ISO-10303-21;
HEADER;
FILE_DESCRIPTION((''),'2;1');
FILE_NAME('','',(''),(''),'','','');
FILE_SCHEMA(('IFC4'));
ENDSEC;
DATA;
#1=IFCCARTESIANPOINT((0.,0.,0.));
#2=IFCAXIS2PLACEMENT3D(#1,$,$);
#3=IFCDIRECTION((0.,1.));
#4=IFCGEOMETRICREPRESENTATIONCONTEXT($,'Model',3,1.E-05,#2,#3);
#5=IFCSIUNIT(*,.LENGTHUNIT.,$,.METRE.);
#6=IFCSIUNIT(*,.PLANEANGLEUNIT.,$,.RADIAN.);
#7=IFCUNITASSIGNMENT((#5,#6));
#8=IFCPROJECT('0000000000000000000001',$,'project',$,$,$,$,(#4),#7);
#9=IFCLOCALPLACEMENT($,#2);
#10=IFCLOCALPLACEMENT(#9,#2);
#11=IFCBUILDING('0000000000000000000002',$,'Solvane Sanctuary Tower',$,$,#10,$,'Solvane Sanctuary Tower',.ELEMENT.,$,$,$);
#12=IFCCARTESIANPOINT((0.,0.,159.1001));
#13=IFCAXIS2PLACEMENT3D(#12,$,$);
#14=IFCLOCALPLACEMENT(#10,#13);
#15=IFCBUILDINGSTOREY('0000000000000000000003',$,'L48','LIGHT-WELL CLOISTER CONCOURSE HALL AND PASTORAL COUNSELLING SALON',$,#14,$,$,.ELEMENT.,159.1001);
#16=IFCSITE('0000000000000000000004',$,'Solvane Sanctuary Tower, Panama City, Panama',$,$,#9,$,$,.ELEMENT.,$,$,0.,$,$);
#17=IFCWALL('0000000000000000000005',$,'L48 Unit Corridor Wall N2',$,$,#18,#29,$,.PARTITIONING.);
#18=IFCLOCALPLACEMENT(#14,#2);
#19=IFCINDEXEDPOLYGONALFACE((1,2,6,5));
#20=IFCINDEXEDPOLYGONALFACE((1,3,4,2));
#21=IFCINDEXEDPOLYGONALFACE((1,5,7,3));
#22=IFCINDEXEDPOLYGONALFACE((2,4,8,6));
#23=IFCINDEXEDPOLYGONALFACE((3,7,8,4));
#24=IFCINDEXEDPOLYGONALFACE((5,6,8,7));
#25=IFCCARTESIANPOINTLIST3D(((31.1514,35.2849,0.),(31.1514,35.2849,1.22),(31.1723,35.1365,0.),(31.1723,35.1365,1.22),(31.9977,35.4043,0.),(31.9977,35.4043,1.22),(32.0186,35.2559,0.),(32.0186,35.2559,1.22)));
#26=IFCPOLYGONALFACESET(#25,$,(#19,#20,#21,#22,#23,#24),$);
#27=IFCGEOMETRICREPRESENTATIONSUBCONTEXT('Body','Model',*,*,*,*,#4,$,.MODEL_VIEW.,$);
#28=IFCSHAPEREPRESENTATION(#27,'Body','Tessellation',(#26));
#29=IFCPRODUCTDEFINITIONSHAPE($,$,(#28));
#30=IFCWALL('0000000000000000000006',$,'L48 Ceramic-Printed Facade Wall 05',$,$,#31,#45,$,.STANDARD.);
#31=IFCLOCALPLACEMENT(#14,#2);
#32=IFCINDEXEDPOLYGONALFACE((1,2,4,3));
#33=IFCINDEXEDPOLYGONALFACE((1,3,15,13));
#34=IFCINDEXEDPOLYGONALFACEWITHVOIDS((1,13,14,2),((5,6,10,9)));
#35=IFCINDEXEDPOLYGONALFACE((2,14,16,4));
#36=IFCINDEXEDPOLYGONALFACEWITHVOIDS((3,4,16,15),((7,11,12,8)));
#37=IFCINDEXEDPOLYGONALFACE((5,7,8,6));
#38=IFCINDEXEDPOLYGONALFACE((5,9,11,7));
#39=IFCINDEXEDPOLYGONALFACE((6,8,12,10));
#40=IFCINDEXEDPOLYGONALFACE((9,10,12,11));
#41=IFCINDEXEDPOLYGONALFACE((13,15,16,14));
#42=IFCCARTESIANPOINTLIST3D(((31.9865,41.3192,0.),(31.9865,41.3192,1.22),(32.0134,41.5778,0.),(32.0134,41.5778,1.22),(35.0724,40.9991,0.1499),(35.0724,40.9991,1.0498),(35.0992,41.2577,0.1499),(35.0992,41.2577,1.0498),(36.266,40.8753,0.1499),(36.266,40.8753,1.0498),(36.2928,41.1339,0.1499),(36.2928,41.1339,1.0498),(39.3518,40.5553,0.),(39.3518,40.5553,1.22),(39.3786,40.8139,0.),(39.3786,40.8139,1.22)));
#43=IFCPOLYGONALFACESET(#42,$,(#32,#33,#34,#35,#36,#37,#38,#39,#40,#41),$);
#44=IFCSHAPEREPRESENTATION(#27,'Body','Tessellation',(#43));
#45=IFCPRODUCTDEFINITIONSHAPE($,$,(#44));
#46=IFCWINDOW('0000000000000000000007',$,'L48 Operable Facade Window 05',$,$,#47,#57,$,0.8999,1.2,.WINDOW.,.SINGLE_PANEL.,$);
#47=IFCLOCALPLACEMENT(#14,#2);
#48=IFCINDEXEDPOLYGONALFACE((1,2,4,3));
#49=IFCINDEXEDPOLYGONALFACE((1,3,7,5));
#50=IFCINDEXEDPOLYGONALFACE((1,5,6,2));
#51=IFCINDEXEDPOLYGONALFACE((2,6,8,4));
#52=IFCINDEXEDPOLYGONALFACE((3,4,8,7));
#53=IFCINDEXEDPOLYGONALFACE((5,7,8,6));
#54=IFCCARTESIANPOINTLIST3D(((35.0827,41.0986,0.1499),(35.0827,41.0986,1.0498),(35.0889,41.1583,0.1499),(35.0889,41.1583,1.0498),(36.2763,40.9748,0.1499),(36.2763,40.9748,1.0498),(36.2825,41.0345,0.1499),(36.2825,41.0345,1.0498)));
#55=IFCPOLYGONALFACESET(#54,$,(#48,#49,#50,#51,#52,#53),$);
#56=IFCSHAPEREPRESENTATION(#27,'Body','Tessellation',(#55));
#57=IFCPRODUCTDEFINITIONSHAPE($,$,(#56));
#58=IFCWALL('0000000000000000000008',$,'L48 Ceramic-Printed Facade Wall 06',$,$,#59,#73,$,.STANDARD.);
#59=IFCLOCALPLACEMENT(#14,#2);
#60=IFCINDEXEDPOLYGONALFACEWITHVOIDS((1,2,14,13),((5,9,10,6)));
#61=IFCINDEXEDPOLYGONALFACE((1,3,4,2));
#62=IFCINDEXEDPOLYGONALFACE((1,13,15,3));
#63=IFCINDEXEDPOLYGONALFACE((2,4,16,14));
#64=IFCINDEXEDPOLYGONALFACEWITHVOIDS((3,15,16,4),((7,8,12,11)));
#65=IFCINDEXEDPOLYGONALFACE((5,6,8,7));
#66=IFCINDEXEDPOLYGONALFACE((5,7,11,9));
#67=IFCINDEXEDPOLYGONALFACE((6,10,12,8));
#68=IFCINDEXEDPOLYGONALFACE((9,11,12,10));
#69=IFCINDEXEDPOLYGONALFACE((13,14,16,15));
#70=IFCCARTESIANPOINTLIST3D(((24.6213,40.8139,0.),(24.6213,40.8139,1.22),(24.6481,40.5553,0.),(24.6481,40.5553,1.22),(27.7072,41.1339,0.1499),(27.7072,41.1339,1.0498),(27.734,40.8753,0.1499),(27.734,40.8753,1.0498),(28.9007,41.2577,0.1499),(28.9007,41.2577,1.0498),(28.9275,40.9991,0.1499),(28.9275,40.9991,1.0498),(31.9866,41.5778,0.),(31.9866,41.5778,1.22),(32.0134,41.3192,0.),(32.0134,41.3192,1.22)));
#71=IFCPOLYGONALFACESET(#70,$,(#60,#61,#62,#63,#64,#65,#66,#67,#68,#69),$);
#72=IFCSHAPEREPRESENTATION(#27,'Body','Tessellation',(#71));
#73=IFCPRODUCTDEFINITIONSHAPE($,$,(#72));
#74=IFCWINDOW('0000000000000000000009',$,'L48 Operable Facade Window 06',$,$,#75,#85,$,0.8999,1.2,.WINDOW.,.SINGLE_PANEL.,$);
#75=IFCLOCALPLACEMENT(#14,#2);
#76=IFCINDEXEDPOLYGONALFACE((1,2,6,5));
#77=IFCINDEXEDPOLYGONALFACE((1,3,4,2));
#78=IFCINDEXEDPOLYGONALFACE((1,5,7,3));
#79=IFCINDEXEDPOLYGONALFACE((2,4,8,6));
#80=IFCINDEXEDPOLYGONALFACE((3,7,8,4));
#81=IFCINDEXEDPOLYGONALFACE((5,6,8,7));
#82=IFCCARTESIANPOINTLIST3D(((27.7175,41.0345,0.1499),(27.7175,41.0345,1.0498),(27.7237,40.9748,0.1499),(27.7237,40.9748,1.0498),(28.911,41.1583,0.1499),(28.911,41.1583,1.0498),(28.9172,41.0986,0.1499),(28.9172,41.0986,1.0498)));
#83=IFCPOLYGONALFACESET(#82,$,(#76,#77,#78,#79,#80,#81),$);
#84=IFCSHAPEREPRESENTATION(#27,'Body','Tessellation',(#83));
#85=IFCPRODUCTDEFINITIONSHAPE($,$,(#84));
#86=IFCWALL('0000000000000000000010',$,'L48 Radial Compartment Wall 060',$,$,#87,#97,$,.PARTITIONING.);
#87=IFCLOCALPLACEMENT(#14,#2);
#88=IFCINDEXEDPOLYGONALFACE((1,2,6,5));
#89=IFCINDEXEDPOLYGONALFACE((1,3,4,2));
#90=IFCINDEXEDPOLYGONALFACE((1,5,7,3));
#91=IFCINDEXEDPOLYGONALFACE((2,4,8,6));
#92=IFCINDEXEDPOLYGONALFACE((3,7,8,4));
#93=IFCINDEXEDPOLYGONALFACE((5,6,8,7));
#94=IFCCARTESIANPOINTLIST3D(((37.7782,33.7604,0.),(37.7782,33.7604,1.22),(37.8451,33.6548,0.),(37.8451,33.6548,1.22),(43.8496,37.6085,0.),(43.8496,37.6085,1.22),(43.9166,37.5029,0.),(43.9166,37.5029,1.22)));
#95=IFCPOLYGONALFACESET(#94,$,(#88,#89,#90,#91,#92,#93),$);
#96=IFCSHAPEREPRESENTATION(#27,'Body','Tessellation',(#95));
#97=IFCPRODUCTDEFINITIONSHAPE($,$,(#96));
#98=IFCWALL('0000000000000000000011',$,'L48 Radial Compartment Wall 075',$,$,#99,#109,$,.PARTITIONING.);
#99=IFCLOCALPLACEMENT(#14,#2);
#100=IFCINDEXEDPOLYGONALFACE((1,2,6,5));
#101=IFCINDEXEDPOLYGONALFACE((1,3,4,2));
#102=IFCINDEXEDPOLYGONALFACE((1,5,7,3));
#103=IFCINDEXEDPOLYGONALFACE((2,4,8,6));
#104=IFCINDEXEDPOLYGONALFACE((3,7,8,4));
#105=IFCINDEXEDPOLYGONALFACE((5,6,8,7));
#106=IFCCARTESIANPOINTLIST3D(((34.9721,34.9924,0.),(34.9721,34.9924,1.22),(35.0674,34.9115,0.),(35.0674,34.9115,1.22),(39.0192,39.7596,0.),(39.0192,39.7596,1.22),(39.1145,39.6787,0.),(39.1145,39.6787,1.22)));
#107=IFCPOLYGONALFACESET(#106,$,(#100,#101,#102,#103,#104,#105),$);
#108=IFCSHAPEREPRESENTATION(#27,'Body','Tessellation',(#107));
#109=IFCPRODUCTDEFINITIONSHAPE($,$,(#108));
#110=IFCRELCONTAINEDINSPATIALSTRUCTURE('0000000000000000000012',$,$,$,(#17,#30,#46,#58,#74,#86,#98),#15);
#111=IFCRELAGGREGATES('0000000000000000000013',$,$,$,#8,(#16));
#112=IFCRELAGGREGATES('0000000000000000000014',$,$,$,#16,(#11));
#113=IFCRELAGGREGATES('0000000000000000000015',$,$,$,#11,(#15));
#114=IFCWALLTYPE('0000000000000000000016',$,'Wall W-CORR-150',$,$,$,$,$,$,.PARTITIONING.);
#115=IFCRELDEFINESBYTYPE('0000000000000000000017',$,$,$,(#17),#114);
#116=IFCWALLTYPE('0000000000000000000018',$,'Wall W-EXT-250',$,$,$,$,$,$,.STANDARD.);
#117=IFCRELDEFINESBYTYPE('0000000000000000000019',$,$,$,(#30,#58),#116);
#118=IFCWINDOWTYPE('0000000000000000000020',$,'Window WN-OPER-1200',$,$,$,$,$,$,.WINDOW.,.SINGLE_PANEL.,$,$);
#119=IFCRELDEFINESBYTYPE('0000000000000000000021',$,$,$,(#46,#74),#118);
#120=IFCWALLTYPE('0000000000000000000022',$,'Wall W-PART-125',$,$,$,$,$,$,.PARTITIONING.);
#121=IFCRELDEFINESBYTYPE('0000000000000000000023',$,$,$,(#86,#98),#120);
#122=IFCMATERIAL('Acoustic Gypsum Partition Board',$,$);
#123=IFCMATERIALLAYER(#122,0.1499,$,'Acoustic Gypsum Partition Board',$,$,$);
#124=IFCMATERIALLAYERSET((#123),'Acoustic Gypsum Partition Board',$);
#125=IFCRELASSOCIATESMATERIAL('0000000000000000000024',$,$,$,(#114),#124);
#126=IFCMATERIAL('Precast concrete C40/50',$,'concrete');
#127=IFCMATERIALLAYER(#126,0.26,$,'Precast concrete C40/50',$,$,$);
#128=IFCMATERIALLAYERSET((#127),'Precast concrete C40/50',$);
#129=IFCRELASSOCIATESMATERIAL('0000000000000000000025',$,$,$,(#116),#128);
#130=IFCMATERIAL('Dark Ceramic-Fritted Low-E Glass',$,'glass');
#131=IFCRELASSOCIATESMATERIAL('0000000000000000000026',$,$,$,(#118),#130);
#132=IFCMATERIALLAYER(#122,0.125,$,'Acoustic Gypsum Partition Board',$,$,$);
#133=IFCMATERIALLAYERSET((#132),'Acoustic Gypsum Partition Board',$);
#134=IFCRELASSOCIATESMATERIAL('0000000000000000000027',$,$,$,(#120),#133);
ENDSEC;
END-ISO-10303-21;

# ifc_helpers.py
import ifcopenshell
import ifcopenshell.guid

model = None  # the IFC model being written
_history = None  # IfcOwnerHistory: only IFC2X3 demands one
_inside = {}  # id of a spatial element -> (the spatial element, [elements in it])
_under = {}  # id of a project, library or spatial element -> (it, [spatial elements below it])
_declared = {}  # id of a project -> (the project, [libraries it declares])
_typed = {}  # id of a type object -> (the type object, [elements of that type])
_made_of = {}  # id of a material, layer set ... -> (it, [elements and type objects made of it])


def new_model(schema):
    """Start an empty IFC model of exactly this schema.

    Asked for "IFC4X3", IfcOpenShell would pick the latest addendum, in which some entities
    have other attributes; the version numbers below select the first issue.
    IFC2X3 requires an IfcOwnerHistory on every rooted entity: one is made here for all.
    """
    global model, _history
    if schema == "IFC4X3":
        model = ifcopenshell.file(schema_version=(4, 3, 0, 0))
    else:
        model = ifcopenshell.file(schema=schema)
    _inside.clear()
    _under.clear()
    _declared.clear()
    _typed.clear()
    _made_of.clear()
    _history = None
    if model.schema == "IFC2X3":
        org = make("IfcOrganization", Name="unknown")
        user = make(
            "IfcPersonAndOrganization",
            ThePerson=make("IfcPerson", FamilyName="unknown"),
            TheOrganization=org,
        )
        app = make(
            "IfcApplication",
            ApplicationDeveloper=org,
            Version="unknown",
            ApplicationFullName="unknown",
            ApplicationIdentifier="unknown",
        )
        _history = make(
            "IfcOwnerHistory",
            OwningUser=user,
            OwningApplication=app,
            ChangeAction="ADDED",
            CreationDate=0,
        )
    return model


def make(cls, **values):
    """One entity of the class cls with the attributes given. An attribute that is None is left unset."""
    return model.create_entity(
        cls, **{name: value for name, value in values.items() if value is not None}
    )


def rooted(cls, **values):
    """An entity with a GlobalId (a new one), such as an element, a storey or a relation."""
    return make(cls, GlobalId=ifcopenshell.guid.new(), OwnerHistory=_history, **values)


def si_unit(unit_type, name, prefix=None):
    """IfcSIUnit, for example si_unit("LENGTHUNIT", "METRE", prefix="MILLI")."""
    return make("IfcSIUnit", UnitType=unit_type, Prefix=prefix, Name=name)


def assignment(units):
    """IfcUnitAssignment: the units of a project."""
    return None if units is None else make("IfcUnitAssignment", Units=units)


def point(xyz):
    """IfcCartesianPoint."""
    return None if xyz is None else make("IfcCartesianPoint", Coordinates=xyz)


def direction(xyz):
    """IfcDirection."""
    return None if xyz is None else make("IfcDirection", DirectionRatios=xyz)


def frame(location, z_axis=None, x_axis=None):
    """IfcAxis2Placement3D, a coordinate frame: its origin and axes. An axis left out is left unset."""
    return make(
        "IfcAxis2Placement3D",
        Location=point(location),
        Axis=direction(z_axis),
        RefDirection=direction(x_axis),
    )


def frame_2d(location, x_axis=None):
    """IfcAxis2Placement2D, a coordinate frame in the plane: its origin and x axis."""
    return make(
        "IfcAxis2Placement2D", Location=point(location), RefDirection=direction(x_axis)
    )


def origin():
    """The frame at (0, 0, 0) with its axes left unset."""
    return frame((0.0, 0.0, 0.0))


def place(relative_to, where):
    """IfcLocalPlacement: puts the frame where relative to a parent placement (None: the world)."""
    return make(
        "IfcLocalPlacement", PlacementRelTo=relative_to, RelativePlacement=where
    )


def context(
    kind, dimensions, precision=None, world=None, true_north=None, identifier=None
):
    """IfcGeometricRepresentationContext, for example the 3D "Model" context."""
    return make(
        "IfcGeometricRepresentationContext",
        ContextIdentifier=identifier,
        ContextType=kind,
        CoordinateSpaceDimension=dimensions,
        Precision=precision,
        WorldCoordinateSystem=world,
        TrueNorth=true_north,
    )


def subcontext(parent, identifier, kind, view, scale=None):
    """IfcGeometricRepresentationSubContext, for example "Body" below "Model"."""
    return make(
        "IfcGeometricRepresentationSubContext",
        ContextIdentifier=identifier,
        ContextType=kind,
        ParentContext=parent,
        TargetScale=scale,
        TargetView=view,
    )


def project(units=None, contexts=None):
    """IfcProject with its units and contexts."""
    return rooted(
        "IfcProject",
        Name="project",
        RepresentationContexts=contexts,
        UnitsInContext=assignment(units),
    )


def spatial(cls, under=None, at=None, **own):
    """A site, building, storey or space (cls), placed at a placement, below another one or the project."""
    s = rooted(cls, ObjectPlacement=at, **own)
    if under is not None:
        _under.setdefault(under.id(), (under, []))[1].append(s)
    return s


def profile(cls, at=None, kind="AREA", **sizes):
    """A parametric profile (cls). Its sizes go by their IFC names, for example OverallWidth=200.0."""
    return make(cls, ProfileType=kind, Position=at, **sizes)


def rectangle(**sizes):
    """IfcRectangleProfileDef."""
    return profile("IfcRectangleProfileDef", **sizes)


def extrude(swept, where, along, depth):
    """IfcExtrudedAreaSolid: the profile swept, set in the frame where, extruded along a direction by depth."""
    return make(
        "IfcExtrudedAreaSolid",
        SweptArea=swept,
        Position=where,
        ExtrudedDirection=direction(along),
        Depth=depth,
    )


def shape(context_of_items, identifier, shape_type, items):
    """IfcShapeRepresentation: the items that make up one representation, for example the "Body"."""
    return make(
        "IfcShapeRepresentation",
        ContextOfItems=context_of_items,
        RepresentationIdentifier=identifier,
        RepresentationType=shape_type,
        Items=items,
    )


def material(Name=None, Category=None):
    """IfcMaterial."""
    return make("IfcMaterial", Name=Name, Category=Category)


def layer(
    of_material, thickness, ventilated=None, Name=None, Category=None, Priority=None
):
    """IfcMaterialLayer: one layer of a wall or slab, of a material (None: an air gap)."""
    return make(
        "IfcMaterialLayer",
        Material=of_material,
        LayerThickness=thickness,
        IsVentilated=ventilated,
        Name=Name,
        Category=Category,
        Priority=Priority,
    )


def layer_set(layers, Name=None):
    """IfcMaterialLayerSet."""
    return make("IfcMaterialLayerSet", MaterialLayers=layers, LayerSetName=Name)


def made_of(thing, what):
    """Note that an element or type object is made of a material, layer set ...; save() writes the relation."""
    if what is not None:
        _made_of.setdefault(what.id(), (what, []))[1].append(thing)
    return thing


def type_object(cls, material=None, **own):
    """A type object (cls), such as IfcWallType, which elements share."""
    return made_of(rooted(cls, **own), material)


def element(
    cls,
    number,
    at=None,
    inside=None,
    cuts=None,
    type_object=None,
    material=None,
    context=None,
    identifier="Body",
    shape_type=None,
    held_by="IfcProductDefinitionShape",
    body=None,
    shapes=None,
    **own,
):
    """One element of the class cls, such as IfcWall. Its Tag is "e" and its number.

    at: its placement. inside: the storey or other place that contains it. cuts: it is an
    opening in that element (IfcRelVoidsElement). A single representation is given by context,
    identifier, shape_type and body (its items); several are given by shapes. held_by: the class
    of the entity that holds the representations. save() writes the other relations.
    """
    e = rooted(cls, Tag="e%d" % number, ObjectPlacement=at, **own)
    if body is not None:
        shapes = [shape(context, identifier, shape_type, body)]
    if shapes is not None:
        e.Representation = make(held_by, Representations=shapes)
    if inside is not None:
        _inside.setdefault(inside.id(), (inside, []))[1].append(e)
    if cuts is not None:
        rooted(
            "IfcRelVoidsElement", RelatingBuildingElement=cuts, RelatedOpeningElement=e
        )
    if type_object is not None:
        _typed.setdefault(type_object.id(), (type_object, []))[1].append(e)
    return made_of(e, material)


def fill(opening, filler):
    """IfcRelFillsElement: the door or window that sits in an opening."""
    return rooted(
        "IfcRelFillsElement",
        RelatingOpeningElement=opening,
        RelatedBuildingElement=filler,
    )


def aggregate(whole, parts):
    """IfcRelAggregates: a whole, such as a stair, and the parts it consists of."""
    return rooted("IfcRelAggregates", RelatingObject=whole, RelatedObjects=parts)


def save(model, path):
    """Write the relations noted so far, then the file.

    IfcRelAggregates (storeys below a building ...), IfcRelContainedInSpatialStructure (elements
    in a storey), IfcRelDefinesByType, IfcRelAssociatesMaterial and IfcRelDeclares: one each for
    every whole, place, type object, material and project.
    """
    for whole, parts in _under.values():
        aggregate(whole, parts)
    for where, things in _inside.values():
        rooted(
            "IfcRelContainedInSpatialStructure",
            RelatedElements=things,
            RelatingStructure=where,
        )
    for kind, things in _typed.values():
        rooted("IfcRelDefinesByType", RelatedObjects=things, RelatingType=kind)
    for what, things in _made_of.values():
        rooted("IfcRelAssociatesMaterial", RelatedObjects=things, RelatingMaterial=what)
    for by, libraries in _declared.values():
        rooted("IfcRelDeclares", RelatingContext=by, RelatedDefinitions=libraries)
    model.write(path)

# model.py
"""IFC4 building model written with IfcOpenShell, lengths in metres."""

from ifc_helpers import new_model, si_unit, direction, frame, frame_2d, origin, place, context, subcontext, project, spatial, rectangle, extrude, material, layer, layer_set, type_object, element, fill, save


model = new_model("IFC4")

# Units and contexts
model_context = context("Model", 3, precision=1e-05, world=origin(), true_north=direction((0.0, 1.0)))
body_context = subcontext(model_context, "Body", "Model", "MODEL_VIEW")
ifc_project = project(units=[si_unit("LENGTHUNIT", "METRE"), si_unit("PLANEANGLEUNIT", "RADIAN")], contexts=[model_context])

# Site, building, storey
site_placement = place(None, origin())
site = spatial("IfcSite", under=ifc_project, at=site_placement, Name="Solvane Sanctuary Tower, Panama City, Panama", CompositionType="ELEMENT", RefElevation=0.0)
building_placement = place(site_placement, origin())
building = spatial("IfcBuilding", under=site, at=building_placement, Name="Solvane Sanctuary Tower", LongName="Solvane Sanctuary Tower", CompositionType="ELEMENT")
storey_placement = place(building_placement, frame((0.0, 0.0, 159.1001)))
storey = spatial("IfcBuildingStorey", under=building, at=storey_placement, Name="L48", Description="LIGHT-WELL CLOISTER CONCOURSE HALL AND PASTORAL COUNSELLING SALON", CompositionType="ELEMENT", Elevation=159.1001)

# Shared definitions
ifc_material_1 = material(Name="Acoustic Gypsum Partition Board")
ifc_layer_1 = layer(ifc_material_1, 0.1499, Name="Acoustic Gypsum Partition Board")
ifc_layer_set_1 = layer_set([ifc_layer_1], Name="Acoustic Gypsum Partition Board")
wall_type_1 = type_object("IfcWallType", Name="Wall W-CORR-150", PredefinedType="PARTITIONING", material=ifc_layer_set_1)

# Wall
wall_1_placement = place(storey_placement, frame((32.0081, 35.3301, 0.0), z_axis=(0.0, 0.0, 1.0), x_axis=(-0.990199, -0.139662, 0.0)))
element("IfcWall", 1, at=wall_1_placement, inside=storey, type_object=wall_type_1, Name="L48 Unit Corridor Wall N2", PredefinedType="PARTITIONING", context=body_context, shape_type="SweptSolid", body=[
    extrude(rectangle(XDim=0.8547, YDim=0.1499, at=frame_2d((0.4272, 0.0))), origin(), (0.0, 0.0, 1.0), 1.22),
])

# Walls, openings, windows
ifc_material_2 = material(Name="Precast concrete C40/50", Category="concrete")
ifc_layer_2 = layer(ifc_material_2, 0.26, Name="Precast concrete C40/50")
ifc_layer_set_2 = layer_set([ifc_layer_2], Name="Precast concrete C40/50")
wall_type_2 = type_object("IfcWallType", Name="Wall W-EXT-250", PredefinedType="STANDARD", material=ifc_layer_set_2)
wall_2_placement = place(storey_placement, frame((39.3652, 40.6846, 0.0), z_axis=(0.0, 0.0, 1.0), x_axis=(-0.994664, 0.103166, 0.0)))
wall_2 = element("IfcWall", 2, at=wall_2_placement, inside=storey, type_object=wall_type_2, Name="L48 Ceramic-Printed Facade Wall 05", PredefinedType="STANDARD", context=body_context, shape_type="SweptSolid", body=[
    extrude(rectangle(XDim=7.4048, YDim=0.26, at=frame_2d((3.7024, 0.0))), origin(), (0.0, 0.0, 1.0), 1.22),
])
opening_1_placement = place(wall_2_placement, frame((3.1023, 0.0, 0.1499)))
opening_1 = element("IfcOpeningElement", 3, at=opening_1_placement, cuts=wall_2, PredefinedType="OPENING", context=body_context, shape_type="SweptSolid", body=[
    extrude(rectangle(XDim=1.2, YDim=0.8999, at=frame_2d((0.6001, 0.45))), frame((0.0, 0.1399, 0.0), z_axis=(0.0, -1.0, 0.0), x_axis=(1.0, 0.0, 0.0)), (0.0, 0.0, 1.0), 0.28),
])
ifc_material_3 = material(Name="Dark Ceramic-Fritted Low-E Glass", Category="glass")
window_type = type_object("IfcWindowType", Name="Window WN-OPER-1200", PartitioningType="SINGLE_PANEL", PredefinedType="WINDOW", material=ifc_material_3)
window_1_placement = place(opening_1_placement, origin())
window_1 = element("IfcWindow", 4, at=window_1_placement, inside=storey, type_object=window_type, Name="L48 Operable Facade Window 05", OverallHeight=0.8999, OverallWidth=1.2, PartitioningType="SINGLE_PANEL", PredefinedType="WINDOW", context=body_context, shape_type="SweptSolid", body=[
    extrude(rectangle(XDim=1.2, YDim=0.8999, at=frame_2d((0.6001, 0.45))), frame((0.0, 0.03, 0.0), z_axis=(0.0, -1.0, 0.0), x_axis=(1.0, 0.0, 0.0)), (0.0, 0.0, 1.0), 0.0601),
])
fill(opening_1, window_1)
wall_3_placement = place(storey_placement, frame((32.0, 41.4485, 0.0), z_axis=(0.0, 0.0, 1.0), x_axis=(-0.994664, -0.103166, 0.0)))
wall_3 = element("IfcWall", 5, at=wall_3_placement, inside=storey, type_object=wall_type_2, Name="L48 Ceramic-Printed Facade Wall 06", PredefinedType="STANDARD", context=body_context, shape_type="SweptSolid", body=[
    extrude(rectangle(XDim=7.4048, YDim=0.26, at=frame_2d((3.7024, 0.0))), origin(), (0.0, 0.0, 1.0), 1.22),
])
opening_2_placement = place(wall_3_placement, frame((3.1023, 0.0, 0.1499)))
opening_2 = element("IfcOpeningElement", 6, at=opening_2_placement, cuts=wall_3, PredefinedType="OPENING", context=body_context, shape_type="SweptSolid", body=[
    extrude(rectangle(XDim=1.2, YDim=0.8999, at=frame_2d((0.6001, 0.45))), frame((0.0, 0.1399, 0.0), z_axis=(0.0, -1.0, 0.0), x_axis=(1.0, 0.0, 0.0)), (0.0, 0.0, 1.0), 0.28),
])
window_2_placement = place(opening_2_placement, origin())
window_2 = element("IfcWindow", 7, at=window_2_placement, inside=storey, type_object=window_type, Name="L48 Operable Facade Window 06", OverallHeight=0.8999, OverallWidth=1.2, PartitioningType="SINGLE_PANEL", PredefinedType="WINDOW", context=body_context, shape_type="SweptSolid", body=[
    extrude(rectangle(XDim=1.2, YDim=0.8999, at=frame_2d((0.6001, 0.45))), frame((0.0, 0.03, 0.0), z_axis=(0.0, -1.0, 0.0), x_axis=(1.0, 0.0, 0.0)), (0.0, 0.0, 1.0), 0.0601),
])
fill(opening_2, window_2)

# Walls
ifc_layer_3 = layer(ifc_material_1, 0.125, Name="Acoustic Gypsum Partition Board")
ifc_layer_set_3 = layer_set([ifc_layer_3], Name="Acoustic Gypsum Partition Board")
wall_type_3 = type_object("IfcWallType", Name="Wall W-PART-125", PredefinedType="PARTITIONING", material=ifc_layer_set_3)
wall_4_placement = place(storey_placement, frame((37.8115, 33.7075, 0.0), z_axis=(0.0, 0.0, 1.0), x_axis=(0.84464, 0.535334, 0.0)))
element("IfcWall", 8, at=wall_4_placement, inside=storey, type_object=wall_type_3, Name="L48 Radial Compartment Wall 060", PredefinedType="PARTITIONING", context=body_context, shape_type="SweptSolid", body=[
    extrude(rectangle(XDim=7.1882, YDim=0.125, at=frame_2d((3.5942, 0.0))), origin(), (0.0, 0.0, 1.0), 1.22),
])
wall_5_placement = place(storey_placement, frame((35.0198, 34.9519, 0.0), z_axis=(0.0, 0.0, 1.0), x_axis=(0.647173, 0.762343, 0.0)))
element("IfcWall", 9, at=wall_5_placement, inside=storey, type_object=wall_type_3, Name="L48 Radial Compartment Wall 075", PredefinedType="PARTITIONING", context=body_context, shape_type="SweptSolid", body=[
    extrude(rectangle(XDim=6.2534, YDim=0.125, at=frame_2d((3.1267, 0.0))), origin(), (0.0, 0.0, 1.0), 1.22),
])

save(model, "model.ifc")
